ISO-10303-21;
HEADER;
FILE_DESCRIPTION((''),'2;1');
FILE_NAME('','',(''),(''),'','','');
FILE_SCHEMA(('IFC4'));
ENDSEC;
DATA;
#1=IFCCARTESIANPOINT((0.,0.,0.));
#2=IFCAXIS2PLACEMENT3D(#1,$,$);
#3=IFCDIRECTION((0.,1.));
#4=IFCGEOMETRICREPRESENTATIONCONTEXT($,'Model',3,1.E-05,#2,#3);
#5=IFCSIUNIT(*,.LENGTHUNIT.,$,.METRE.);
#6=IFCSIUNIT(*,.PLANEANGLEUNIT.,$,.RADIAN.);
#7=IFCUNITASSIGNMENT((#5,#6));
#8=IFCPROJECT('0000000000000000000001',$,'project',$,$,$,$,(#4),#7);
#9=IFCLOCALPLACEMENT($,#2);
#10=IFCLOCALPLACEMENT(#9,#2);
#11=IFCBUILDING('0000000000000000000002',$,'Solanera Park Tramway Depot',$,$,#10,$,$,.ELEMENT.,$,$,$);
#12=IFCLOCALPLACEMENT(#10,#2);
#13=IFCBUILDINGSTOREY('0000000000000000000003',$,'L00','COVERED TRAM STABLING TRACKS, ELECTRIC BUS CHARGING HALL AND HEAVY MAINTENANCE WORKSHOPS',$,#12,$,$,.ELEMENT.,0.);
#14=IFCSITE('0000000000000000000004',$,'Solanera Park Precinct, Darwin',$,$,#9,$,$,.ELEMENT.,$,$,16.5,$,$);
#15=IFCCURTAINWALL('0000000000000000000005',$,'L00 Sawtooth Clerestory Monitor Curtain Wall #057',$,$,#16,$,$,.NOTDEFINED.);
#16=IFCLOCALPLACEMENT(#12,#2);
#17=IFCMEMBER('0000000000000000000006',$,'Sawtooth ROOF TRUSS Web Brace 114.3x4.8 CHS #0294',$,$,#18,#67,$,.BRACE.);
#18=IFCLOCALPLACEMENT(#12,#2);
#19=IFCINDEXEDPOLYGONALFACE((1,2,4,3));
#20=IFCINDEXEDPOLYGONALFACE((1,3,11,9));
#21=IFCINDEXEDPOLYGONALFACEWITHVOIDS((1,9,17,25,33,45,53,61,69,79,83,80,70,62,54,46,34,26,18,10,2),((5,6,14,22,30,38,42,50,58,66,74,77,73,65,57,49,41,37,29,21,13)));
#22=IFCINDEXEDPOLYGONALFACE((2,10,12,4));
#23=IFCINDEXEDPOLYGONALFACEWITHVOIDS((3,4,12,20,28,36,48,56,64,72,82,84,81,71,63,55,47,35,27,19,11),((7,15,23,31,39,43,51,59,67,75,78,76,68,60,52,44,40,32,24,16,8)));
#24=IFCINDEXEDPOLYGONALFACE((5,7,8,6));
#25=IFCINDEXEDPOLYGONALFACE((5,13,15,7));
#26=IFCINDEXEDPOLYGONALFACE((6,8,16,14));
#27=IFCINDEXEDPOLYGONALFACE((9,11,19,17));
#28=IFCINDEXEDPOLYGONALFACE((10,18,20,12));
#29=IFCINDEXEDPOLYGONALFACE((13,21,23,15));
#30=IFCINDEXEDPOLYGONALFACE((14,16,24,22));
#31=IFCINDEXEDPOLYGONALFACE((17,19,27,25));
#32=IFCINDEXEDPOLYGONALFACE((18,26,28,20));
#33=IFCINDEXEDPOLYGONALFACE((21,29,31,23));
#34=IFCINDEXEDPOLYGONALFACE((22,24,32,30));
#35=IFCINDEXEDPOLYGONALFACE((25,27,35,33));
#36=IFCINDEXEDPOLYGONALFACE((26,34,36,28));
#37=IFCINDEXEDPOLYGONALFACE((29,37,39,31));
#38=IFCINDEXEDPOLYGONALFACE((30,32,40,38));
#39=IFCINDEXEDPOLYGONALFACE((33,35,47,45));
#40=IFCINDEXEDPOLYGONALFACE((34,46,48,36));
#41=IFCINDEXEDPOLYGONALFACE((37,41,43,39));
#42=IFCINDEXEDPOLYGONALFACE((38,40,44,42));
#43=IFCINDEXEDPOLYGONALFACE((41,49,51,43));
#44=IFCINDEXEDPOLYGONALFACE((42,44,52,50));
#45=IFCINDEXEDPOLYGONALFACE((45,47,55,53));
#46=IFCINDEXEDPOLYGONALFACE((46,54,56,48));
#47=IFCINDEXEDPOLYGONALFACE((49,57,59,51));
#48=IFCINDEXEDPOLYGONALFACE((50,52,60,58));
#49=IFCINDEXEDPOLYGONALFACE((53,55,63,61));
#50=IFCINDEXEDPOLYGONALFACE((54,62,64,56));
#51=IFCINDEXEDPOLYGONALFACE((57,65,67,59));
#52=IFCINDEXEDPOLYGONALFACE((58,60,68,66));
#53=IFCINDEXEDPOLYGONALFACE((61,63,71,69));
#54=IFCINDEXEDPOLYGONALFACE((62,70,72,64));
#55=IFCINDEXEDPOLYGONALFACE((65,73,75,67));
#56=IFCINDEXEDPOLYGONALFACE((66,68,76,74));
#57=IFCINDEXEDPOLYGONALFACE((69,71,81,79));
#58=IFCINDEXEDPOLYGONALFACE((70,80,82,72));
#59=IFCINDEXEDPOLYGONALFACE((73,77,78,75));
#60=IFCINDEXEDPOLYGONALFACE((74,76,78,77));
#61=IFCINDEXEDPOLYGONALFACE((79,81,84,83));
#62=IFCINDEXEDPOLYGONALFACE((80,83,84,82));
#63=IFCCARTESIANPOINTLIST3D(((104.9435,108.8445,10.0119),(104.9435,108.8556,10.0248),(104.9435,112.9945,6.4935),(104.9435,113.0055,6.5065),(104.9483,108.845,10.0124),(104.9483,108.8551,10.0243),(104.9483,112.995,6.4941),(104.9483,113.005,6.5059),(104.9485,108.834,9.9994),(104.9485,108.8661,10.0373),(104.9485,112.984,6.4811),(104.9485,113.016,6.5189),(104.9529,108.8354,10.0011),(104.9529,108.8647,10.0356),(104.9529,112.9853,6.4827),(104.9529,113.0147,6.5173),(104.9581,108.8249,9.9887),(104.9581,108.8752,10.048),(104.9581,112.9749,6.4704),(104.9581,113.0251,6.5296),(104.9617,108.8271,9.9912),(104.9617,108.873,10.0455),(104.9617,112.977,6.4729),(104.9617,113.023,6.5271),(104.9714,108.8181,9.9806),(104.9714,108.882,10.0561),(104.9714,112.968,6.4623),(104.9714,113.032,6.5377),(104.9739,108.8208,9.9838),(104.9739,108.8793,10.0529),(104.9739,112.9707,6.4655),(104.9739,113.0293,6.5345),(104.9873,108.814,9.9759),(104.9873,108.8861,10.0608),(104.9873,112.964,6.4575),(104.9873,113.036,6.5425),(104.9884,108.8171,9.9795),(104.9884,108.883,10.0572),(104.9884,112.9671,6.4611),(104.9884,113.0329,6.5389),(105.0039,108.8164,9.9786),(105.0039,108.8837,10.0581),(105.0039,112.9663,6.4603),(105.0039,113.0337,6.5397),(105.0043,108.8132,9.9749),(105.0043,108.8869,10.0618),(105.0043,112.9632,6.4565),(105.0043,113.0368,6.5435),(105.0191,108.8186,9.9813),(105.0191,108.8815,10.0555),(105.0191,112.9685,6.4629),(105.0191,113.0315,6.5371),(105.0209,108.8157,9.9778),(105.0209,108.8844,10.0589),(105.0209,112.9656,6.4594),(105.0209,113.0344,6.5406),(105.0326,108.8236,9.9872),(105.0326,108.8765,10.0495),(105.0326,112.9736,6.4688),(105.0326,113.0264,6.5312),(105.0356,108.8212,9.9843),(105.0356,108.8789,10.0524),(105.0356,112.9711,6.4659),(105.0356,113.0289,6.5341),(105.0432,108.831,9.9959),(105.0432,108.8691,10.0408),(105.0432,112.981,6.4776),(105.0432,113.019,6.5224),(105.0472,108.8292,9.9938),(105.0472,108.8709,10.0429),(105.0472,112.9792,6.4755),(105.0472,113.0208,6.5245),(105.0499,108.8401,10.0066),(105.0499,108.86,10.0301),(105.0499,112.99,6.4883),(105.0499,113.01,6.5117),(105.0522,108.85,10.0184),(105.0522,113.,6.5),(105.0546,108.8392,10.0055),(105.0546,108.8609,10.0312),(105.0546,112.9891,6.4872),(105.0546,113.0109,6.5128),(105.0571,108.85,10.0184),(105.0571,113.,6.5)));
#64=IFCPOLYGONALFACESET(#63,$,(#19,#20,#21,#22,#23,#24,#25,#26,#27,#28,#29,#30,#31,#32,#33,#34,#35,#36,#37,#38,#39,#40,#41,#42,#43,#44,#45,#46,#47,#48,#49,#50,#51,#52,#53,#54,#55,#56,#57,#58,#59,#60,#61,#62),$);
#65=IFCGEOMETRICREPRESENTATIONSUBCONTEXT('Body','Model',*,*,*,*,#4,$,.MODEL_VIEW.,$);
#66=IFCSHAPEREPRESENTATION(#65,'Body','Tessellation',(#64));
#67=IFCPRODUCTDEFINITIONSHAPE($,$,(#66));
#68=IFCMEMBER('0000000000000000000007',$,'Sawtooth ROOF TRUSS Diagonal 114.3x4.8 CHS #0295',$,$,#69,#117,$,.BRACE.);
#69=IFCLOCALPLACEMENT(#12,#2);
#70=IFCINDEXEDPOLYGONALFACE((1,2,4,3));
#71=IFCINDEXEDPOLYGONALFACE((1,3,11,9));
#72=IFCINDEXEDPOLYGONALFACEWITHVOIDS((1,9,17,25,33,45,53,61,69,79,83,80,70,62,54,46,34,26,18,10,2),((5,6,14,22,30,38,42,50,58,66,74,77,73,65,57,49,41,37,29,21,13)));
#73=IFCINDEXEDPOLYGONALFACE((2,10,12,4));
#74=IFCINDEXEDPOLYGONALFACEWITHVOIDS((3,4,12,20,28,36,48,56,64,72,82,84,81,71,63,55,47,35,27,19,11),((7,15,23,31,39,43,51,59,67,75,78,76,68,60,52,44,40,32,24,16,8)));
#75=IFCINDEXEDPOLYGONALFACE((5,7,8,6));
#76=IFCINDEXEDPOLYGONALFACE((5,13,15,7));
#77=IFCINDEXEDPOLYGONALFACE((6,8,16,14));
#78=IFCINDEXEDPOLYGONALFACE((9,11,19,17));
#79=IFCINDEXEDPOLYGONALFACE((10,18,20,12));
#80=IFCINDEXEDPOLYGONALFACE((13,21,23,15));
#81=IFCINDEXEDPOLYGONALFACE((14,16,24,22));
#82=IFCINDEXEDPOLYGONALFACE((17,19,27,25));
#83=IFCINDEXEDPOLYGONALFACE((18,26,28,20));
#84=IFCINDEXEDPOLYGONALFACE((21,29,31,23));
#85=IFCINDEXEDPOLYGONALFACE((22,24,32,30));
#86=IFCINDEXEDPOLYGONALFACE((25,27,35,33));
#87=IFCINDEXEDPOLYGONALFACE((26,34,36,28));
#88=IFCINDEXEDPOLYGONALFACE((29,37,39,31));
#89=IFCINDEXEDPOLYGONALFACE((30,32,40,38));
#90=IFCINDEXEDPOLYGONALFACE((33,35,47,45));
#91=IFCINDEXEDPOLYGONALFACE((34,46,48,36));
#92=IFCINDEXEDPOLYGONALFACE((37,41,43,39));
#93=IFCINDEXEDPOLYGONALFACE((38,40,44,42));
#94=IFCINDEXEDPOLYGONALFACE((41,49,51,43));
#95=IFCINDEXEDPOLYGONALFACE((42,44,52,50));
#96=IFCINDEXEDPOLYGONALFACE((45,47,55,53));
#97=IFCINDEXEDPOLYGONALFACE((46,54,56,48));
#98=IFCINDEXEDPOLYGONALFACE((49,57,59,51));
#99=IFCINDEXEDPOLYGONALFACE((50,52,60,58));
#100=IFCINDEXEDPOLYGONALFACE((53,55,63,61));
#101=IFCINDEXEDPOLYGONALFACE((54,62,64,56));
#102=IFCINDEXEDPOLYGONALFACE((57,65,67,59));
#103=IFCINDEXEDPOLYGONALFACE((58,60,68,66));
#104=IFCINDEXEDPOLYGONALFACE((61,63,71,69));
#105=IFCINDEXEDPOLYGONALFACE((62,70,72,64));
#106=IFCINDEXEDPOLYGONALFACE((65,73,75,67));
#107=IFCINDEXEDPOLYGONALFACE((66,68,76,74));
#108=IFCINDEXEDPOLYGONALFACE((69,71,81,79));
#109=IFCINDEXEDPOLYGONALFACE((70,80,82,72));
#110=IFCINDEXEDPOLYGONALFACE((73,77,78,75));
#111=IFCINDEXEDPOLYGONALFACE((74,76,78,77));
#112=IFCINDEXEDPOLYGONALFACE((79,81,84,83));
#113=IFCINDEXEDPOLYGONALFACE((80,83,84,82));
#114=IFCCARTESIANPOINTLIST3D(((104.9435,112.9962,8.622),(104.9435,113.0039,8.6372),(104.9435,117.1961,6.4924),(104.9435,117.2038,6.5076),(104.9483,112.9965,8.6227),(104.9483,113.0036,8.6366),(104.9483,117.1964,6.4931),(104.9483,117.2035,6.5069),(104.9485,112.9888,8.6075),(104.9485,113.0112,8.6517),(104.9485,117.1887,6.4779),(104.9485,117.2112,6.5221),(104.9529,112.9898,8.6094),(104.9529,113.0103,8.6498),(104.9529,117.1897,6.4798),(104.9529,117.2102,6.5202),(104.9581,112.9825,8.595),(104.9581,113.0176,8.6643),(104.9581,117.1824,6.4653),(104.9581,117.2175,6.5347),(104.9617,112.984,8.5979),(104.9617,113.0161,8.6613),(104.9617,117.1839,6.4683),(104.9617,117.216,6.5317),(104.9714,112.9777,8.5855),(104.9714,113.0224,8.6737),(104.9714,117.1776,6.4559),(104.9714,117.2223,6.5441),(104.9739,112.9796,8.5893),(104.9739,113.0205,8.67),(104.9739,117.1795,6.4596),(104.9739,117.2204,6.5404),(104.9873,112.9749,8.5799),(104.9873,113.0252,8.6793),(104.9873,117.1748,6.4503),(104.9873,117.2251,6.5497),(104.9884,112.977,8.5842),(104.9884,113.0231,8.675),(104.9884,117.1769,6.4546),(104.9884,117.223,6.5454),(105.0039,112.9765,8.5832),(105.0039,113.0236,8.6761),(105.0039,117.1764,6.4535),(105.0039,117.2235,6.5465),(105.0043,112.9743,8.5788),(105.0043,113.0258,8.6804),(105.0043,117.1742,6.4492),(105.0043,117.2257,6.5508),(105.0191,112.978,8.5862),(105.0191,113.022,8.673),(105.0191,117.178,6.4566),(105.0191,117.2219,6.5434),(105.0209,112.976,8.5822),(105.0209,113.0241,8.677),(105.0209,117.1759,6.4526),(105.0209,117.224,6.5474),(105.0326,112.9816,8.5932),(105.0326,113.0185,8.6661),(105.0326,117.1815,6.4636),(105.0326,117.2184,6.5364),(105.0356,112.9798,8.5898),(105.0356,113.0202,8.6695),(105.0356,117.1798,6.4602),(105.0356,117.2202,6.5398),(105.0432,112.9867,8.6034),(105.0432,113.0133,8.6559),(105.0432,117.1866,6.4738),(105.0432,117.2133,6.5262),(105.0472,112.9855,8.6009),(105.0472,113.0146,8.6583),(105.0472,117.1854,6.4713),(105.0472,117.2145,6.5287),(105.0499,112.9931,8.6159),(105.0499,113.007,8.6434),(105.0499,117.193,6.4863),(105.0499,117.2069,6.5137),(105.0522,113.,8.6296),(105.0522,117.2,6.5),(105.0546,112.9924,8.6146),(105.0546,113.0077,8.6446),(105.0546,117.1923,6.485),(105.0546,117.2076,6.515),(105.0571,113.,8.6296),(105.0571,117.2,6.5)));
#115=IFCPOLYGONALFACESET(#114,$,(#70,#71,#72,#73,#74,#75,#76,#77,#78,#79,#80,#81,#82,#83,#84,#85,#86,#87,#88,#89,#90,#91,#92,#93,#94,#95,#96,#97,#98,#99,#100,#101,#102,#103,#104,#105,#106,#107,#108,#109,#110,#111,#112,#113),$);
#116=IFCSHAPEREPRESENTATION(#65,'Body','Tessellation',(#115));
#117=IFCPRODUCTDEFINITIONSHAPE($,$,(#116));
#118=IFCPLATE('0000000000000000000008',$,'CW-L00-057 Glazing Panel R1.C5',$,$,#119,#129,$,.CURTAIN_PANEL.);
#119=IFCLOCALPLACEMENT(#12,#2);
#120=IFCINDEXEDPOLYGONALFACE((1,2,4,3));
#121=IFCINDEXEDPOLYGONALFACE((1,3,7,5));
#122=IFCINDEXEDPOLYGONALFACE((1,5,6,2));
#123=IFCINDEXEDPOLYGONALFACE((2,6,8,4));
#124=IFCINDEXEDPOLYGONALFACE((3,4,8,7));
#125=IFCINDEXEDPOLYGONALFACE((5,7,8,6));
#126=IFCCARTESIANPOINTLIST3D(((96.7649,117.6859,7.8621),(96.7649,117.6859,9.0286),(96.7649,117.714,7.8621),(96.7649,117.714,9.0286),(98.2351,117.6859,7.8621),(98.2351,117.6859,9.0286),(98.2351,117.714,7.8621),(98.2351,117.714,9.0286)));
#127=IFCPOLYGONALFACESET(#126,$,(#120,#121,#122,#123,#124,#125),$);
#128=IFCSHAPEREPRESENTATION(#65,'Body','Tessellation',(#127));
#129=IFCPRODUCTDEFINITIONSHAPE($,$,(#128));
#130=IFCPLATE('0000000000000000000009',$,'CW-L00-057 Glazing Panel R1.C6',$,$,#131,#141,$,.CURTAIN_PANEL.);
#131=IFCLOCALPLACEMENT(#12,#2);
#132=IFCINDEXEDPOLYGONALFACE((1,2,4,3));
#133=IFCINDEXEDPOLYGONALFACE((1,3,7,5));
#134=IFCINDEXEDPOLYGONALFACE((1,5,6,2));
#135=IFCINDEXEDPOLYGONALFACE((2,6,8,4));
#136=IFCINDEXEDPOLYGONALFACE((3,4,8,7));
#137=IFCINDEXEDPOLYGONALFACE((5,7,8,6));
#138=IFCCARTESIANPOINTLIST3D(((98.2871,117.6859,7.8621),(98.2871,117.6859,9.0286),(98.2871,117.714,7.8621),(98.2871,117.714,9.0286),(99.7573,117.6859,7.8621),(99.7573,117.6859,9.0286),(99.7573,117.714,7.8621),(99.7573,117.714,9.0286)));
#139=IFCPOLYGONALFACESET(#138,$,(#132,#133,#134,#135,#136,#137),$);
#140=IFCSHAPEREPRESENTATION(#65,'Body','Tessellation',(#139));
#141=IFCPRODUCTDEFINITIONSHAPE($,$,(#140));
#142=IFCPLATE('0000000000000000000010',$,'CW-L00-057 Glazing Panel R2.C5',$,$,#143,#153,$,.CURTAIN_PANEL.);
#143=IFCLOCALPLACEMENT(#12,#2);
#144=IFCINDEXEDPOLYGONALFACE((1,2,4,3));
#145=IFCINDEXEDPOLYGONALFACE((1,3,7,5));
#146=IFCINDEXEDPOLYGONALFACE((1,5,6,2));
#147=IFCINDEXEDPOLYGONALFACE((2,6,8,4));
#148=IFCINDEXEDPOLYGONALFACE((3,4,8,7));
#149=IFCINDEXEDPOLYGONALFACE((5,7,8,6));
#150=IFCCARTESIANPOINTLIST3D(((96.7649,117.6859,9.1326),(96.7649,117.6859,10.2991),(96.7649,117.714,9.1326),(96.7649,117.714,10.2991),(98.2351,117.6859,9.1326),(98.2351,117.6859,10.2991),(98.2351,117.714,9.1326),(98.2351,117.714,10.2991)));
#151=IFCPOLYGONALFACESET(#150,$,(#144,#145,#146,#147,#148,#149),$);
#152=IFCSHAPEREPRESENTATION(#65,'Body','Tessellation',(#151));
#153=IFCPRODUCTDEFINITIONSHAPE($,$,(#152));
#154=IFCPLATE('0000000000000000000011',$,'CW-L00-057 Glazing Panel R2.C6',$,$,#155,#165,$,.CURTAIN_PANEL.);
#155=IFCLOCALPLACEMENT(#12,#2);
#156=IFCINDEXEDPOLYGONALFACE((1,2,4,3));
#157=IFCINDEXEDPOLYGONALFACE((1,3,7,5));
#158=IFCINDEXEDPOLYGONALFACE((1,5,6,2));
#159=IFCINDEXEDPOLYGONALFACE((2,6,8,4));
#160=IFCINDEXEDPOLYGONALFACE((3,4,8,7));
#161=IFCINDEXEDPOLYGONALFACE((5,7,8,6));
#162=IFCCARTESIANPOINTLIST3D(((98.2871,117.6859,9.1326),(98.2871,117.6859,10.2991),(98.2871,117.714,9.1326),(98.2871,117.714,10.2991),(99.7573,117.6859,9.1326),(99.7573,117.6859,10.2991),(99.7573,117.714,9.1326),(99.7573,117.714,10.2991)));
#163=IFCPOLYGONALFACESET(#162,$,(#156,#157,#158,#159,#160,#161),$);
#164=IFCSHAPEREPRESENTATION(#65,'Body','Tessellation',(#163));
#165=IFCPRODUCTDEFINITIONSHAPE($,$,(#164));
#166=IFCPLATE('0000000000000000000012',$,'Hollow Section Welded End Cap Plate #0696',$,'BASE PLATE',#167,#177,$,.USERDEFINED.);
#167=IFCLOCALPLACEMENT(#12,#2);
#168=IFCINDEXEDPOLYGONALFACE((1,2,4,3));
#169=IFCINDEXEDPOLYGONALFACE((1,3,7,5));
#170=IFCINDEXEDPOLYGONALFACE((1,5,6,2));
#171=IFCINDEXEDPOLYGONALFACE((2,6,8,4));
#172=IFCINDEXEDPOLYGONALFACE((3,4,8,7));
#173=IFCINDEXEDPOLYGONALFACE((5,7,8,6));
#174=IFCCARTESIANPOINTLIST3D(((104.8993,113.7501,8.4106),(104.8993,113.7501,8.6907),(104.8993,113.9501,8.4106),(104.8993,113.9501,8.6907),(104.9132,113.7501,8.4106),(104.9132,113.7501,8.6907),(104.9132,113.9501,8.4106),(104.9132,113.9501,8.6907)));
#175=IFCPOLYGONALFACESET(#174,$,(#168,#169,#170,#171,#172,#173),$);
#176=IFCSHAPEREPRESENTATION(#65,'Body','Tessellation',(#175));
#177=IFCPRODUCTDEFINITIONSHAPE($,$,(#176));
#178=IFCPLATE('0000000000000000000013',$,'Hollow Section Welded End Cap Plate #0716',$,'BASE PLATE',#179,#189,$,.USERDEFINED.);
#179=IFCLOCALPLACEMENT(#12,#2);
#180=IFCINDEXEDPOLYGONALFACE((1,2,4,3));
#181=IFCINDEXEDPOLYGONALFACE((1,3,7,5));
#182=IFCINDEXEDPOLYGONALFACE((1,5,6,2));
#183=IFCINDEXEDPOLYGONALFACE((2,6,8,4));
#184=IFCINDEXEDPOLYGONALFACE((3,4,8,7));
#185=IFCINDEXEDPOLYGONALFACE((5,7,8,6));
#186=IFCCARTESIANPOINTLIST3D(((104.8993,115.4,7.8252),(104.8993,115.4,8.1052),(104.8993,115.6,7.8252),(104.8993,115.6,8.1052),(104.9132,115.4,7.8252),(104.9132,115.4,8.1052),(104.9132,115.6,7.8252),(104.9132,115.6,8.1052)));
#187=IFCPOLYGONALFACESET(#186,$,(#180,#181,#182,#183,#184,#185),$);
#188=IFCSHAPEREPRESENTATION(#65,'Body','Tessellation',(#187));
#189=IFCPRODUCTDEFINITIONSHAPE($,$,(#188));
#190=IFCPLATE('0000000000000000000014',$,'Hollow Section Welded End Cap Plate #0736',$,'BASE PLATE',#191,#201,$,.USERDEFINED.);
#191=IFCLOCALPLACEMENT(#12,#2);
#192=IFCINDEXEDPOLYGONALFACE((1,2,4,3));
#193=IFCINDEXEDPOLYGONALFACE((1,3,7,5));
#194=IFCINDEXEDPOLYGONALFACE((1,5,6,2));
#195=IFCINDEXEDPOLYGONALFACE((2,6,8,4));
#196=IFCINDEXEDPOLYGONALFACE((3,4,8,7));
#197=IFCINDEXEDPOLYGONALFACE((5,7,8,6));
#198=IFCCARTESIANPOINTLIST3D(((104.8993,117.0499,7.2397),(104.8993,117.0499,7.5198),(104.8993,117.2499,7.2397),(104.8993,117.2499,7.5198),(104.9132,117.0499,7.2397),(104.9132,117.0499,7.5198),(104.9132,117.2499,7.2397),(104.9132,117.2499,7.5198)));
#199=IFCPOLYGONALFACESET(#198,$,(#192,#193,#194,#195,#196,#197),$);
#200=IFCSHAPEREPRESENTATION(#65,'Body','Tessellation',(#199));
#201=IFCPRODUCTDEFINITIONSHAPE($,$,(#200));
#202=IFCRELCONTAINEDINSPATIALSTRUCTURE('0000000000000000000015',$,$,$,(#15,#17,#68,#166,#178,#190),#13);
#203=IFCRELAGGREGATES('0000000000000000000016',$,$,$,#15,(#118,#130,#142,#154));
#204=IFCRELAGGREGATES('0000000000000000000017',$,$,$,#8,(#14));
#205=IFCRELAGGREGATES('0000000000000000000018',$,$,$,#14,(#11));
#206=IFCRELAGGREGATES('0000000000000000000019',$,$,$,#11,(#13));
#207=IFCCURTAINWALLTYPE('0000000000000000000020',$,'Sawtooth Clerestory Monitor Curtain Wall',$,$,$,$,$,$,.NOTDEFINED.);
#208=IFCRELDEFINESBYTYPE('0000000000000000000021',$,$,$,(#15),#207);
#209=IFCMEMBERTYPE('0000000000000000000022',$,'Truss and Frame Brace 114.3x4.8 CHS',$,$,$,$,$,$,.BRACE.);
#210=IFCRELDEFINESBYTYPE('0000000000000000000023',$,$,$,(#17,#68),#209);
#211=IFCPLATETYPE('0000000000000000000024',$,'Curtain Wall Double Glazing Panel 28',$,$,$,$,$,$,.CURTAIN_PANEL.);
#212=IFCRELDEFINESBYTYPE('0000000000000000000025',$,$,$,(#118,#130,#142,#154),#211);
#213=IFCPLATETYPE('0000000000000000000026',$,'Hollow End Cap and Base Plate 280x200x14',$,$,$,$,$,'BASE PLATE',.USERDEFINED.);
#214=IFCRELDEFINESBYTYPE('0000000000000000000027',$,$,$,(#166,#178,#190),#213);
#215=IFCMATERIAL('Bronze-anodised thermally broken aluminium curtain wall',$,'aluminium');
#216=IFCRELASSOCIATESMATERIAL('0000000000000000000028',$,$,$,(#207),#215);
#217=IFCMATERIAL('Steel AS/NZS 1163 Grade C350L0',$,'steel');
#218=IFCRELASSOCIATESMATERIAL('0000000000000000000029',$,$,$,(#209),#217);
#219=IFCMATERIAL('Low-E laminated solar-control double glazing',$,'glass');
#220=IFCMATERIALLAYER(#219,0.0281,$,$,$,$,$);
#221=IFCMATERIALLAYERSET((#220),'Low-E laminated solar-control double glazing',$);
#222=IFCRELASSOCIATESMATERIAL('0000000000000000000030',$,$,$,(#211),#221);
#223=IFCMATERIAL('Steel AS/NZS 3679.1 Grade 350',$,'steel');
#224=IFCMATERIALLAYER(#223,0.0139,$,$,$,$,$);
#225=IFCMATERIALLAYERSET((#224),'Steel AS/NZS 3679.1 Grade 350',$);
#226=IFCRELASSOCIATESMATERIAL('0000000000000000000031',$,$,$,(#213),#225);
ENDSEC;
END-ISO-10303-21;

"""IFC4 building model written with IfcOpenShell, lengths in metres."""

from ifc_helpers import new_model, si_unit, direction, frame, origin, origin_2d, place, context, subcontext, project, spatial, rectangle, hollow_circle, extrude, material, layer, layer_set, material_profile, profile_set, type_object, element, aggregate, save


model = new_model("IFC4")

# Units and contexts
model_context = context("Model", 3, precision=1e-05, world=origin(), true_north=direction((0.0, 1.0)))
body_context = subcontext(model_context, "Body", "Model", "MODEL_VIEW")
ifc_project = project(units=[si_unit("LENGTHUNIT", "METRE"), si_unit("PLANEANGLEUNIT", "RADIAN")], contexts=[model_context])

# Site, building, storey
site_placement = place(None, origin())
site = spatial("IfcSite", under=ifc_project, at=site_placement, Name="Solanera Park Precinct, Darwin", CompositionType="ELEMENT", RefElevation=16.5)
building_placement = place(site_placement, origin())
building = spatial("IfcBuilding", under=site, at=building_placement, Name="Solanera Park Tramway Depot", CompositionType="ELEMENT")
storey_placement = place(building_placement, origin())
storey = spatial("IfcBuildingStorey", under=building, at=storey_placement, Name="L00", Description="COVERED TRAM STABLING TRACKS, ELECTRIC BUS CHARGING HALL AND HEAVY MAINTENANCE WORKSHOPS", CompositionType="ELEMENT", Elevation=0.0)

# Curtain wall
ifc_material_1 = material(Name="Bronze-anodised thermally broken aluminium curtain wall", Category="aluminium")
curtain_wall_type = type_object("IfcCurtainWallType", Name="Sawtooth Clerestory Monitor Curtain Wall", PredefinedType="NOTDEFINED", material=ifc_material_1)
curtain_wall_placement = place(storey_placement, origin())
curtain_wall = element("IfcCurtainWall", 1, at=curtain_wall_placement, inside=storey, type_object=curtain_wall_type, Name="L00 Sawtooth Clerestory Monitor Curtain Wall #057", PredefinedType="NOTDEFINED")

# Members
ifc_material_2 = material(Name="Steel AS/NZS 1163 Grade C350L0", Category="steel")
ifc_material_profile_1 = material_profile(ifc_material_2, hollow_circle(Radius=0.0571, WallThickness=0.0049, at=origin_2d()), Name="114.3x4.8 CHS")
ifc_profile_set_1 = profile_set([ifc_material_profile_1], Name="Steel AS/NZS 1163 Grade C350L0")
member_type_1 = type_object("IfcMemberType", Name="Truss and Frame Brace 114.3x4.8 CHS", PredefinedType="BRACE", material=ifc_profile_set_1)
member_1_placement = place(storey_placement, frame((105.0, 113.0, 6.5), z_axis=(0.0, -0.762765, 0.646676), x_axis=(1.0, 0.0, 0.0)))
element("IfcMember", 2, at=member_1_placement, inside=storey, type_object=member_type_1, Name="Sawtooth ROOF TRUSS Web Brace 114.3x4.8 CHS #0294", PredefinedType="BRACE", context=body_context, shape_type="SweptSolid", body=[
    extrude(hollow_circle(Radius=0.0571, WallThickness=0.0049, at=origin_2d()), origin(), (0.0, 0.0, 1.0), 5.4407),
])
member_2_placement = place(storey_placement, frame((105.0, 117.2, 6.5), z_axis=(0.0, -0.891893, 0.452246), x_axis=(1.0, 0.0, 0.0)))
element("IfcMember", 3, at=member_2_placement, inside=storey, type_object=member_type_1, Name="Sawtooth ROOF TRUSS Diagonal 114.3x4.8 CHS #0295", PredefinedType="BRACE", context=body_context, shape_type="SweptSolid", body=[
    extrude(hollow_circle(Radius=0.0571, WallThickness=0.0049, at=origin_2d()), origin(), (0.0, 0.0, 1.0), 4.709),
])

# Plates
ifc_material_3 = material(Name="Low-E laminated solar-control double glazing", Category="glass")
ifc_layer_1 = layer(ifc_material_3, 0.0281)
ifc_layer_set_1 = layer_set([ifc_layer_1], Name="Low-E laminated solar-control double glazing")
plate_type_1 = type_object("IfcPlateType", Name="Curtain Wall Double Glazing Panel 28", PredefinedType="CURTAIN_PANEL", material=ifc_layer_set_1)
plate_1_placement = place(storey_placement, frame((97.5, 117.7, 7.8621), z_axis=(0.0, 0.0, 1.0), x_axis=(1.0, 0.0, 0.0)))
plate_1 = element("IfcPlate", 4, at=plate_1_placement, type_object=plate_type_1, Name="CW-L00-057 Glazing Panel R1.C5", PredefinedType="CURTAIN_PANEL", context=body_context, shape_type="SweptSolid", body=[
    extrude(rectangle(XDim=1.4702, YDim=0.0281, at=origin_2d()), origin(), (0.0, 0.0, 1.0), 1.1665),
])
plate_2_placement = place(storey_placement, frame((99.0222, 117.7, 7.8621), z_axis=(0.0, 0.0, 1.0), x_axis=(1.0, 0.0, 0.0)))
plate_2 = element("IfcPlate", 5, at=plate_2_placement, type_object=plate_type_1, Name="CW-L00-057 Glazing Panel R1.C6", PredefinedType="CURTAIN_PANEL", context=body_context, shape_type="SweptSolid", body=[
    extrude(rectangle(XDim=1.4702, YDim=0.0281, at=origin_2d()), origin(), (0.0, 0.0, 1.0), 1.1665),
])
plate_3_placement = place(storey_placement, frame((97.5, 117.7, 9.1326), z_axis=(0.0, 0.0, 1.0), x_axis=(1.0, 0.0, 0.0)))
plate_3 = element("IfcPlate", 6, at=plate_3_placement, type_object=plate_type_1, Name="CW-L00-057 Glazing Panel R2.C5", PredefinedType="CURTAIN_PANEL", context=body_context, shape_type="SweptSolid", body=[
    extrude(rectangle(XDim=1.4702, YDim=0.0281, at=origin_2d()), origin(), (0.0, 0.0, 1.0), 1.1665),
])
plate_4_placement = place(storey_placement, frame((99.0222, 117.7, 9.1326), z_axis=(0.0, 0.0, 1.0), x_axis=(1.0, 0.0, 0.0)))
plate_4 = element("IfcPlate", 7, at=plate_4_placement, type_object=plate_type_1, Name="CW-L00-057 Glazing Panel R2.C6", PredefinedType="CURTAIN_PANEL", context=body_context, shape_type="SweptSolid", body=[
    extrude(rectangle(XDim=1.4702, YDim=0.0281, at=origin_2d()), origin(), (0.0, 0.0, 1.0), 1.1665),
])
aggregate(curtain_wall, [plate_1, plate_2, plate_3, plate_4])

# Plates
ifc_material_4 = material(Name="Steel AS/NZS 3679.1 Grade 350", Category="steel")
ifc_layer_2 = layer(ifc_material_4, 0.0139)
ifc_layer_set_2 = layer_set([ifc_layer_2], Name="Steel AS/NZS 3679.1 Grade 350")
plate_type_2 = type_object("IfcPlateType", Name="Hollow End Cap and Base Plate 280x200x14", ElementType="BASE PLATE", PredefinedType="USERDEFINED", material=ifc_layer_set_2)
for number, where, z_axis, x_axis, name in (
    (8, (104.9062, 113.8501, 8.4106), (0.0, 0.0, 1.0), (1.0, 0.0, 0.0), "Hollow Section Welded End Cap Plate #0696"),
    (9, (104.9062, 115.5, 7.8252), (0.0, 0.0, 1.0), (1.0, 0.0, 0.0), "Hollow Section Welded End Cap Plate #0716"),
    (10, (104.9062, 117.1499, 7.2397), (0.0, 0.0, 1.0), (1.0, 0.0, 0.0), "Hollow Section Welded End Cap Plate #0736"),
):
    element("IfcPlate", number, at=place(storey_placement, frame(where, z_axis=z_axis, x_axis=x_axis)), inside=storey, type_object=plate_type_2, Name=name, ObjectType="BASE PLATE", PredefinedType="USERDEFINED", context=body_context, shape_type="SweptSolid", body=[
        extrude(rectangle(XDim=0.0139, YDim=0.2, at=origin_2d()), origin(), (0.0, 0.0, 1.0), 0.28),
    ])

save(model, "model.ifc")
